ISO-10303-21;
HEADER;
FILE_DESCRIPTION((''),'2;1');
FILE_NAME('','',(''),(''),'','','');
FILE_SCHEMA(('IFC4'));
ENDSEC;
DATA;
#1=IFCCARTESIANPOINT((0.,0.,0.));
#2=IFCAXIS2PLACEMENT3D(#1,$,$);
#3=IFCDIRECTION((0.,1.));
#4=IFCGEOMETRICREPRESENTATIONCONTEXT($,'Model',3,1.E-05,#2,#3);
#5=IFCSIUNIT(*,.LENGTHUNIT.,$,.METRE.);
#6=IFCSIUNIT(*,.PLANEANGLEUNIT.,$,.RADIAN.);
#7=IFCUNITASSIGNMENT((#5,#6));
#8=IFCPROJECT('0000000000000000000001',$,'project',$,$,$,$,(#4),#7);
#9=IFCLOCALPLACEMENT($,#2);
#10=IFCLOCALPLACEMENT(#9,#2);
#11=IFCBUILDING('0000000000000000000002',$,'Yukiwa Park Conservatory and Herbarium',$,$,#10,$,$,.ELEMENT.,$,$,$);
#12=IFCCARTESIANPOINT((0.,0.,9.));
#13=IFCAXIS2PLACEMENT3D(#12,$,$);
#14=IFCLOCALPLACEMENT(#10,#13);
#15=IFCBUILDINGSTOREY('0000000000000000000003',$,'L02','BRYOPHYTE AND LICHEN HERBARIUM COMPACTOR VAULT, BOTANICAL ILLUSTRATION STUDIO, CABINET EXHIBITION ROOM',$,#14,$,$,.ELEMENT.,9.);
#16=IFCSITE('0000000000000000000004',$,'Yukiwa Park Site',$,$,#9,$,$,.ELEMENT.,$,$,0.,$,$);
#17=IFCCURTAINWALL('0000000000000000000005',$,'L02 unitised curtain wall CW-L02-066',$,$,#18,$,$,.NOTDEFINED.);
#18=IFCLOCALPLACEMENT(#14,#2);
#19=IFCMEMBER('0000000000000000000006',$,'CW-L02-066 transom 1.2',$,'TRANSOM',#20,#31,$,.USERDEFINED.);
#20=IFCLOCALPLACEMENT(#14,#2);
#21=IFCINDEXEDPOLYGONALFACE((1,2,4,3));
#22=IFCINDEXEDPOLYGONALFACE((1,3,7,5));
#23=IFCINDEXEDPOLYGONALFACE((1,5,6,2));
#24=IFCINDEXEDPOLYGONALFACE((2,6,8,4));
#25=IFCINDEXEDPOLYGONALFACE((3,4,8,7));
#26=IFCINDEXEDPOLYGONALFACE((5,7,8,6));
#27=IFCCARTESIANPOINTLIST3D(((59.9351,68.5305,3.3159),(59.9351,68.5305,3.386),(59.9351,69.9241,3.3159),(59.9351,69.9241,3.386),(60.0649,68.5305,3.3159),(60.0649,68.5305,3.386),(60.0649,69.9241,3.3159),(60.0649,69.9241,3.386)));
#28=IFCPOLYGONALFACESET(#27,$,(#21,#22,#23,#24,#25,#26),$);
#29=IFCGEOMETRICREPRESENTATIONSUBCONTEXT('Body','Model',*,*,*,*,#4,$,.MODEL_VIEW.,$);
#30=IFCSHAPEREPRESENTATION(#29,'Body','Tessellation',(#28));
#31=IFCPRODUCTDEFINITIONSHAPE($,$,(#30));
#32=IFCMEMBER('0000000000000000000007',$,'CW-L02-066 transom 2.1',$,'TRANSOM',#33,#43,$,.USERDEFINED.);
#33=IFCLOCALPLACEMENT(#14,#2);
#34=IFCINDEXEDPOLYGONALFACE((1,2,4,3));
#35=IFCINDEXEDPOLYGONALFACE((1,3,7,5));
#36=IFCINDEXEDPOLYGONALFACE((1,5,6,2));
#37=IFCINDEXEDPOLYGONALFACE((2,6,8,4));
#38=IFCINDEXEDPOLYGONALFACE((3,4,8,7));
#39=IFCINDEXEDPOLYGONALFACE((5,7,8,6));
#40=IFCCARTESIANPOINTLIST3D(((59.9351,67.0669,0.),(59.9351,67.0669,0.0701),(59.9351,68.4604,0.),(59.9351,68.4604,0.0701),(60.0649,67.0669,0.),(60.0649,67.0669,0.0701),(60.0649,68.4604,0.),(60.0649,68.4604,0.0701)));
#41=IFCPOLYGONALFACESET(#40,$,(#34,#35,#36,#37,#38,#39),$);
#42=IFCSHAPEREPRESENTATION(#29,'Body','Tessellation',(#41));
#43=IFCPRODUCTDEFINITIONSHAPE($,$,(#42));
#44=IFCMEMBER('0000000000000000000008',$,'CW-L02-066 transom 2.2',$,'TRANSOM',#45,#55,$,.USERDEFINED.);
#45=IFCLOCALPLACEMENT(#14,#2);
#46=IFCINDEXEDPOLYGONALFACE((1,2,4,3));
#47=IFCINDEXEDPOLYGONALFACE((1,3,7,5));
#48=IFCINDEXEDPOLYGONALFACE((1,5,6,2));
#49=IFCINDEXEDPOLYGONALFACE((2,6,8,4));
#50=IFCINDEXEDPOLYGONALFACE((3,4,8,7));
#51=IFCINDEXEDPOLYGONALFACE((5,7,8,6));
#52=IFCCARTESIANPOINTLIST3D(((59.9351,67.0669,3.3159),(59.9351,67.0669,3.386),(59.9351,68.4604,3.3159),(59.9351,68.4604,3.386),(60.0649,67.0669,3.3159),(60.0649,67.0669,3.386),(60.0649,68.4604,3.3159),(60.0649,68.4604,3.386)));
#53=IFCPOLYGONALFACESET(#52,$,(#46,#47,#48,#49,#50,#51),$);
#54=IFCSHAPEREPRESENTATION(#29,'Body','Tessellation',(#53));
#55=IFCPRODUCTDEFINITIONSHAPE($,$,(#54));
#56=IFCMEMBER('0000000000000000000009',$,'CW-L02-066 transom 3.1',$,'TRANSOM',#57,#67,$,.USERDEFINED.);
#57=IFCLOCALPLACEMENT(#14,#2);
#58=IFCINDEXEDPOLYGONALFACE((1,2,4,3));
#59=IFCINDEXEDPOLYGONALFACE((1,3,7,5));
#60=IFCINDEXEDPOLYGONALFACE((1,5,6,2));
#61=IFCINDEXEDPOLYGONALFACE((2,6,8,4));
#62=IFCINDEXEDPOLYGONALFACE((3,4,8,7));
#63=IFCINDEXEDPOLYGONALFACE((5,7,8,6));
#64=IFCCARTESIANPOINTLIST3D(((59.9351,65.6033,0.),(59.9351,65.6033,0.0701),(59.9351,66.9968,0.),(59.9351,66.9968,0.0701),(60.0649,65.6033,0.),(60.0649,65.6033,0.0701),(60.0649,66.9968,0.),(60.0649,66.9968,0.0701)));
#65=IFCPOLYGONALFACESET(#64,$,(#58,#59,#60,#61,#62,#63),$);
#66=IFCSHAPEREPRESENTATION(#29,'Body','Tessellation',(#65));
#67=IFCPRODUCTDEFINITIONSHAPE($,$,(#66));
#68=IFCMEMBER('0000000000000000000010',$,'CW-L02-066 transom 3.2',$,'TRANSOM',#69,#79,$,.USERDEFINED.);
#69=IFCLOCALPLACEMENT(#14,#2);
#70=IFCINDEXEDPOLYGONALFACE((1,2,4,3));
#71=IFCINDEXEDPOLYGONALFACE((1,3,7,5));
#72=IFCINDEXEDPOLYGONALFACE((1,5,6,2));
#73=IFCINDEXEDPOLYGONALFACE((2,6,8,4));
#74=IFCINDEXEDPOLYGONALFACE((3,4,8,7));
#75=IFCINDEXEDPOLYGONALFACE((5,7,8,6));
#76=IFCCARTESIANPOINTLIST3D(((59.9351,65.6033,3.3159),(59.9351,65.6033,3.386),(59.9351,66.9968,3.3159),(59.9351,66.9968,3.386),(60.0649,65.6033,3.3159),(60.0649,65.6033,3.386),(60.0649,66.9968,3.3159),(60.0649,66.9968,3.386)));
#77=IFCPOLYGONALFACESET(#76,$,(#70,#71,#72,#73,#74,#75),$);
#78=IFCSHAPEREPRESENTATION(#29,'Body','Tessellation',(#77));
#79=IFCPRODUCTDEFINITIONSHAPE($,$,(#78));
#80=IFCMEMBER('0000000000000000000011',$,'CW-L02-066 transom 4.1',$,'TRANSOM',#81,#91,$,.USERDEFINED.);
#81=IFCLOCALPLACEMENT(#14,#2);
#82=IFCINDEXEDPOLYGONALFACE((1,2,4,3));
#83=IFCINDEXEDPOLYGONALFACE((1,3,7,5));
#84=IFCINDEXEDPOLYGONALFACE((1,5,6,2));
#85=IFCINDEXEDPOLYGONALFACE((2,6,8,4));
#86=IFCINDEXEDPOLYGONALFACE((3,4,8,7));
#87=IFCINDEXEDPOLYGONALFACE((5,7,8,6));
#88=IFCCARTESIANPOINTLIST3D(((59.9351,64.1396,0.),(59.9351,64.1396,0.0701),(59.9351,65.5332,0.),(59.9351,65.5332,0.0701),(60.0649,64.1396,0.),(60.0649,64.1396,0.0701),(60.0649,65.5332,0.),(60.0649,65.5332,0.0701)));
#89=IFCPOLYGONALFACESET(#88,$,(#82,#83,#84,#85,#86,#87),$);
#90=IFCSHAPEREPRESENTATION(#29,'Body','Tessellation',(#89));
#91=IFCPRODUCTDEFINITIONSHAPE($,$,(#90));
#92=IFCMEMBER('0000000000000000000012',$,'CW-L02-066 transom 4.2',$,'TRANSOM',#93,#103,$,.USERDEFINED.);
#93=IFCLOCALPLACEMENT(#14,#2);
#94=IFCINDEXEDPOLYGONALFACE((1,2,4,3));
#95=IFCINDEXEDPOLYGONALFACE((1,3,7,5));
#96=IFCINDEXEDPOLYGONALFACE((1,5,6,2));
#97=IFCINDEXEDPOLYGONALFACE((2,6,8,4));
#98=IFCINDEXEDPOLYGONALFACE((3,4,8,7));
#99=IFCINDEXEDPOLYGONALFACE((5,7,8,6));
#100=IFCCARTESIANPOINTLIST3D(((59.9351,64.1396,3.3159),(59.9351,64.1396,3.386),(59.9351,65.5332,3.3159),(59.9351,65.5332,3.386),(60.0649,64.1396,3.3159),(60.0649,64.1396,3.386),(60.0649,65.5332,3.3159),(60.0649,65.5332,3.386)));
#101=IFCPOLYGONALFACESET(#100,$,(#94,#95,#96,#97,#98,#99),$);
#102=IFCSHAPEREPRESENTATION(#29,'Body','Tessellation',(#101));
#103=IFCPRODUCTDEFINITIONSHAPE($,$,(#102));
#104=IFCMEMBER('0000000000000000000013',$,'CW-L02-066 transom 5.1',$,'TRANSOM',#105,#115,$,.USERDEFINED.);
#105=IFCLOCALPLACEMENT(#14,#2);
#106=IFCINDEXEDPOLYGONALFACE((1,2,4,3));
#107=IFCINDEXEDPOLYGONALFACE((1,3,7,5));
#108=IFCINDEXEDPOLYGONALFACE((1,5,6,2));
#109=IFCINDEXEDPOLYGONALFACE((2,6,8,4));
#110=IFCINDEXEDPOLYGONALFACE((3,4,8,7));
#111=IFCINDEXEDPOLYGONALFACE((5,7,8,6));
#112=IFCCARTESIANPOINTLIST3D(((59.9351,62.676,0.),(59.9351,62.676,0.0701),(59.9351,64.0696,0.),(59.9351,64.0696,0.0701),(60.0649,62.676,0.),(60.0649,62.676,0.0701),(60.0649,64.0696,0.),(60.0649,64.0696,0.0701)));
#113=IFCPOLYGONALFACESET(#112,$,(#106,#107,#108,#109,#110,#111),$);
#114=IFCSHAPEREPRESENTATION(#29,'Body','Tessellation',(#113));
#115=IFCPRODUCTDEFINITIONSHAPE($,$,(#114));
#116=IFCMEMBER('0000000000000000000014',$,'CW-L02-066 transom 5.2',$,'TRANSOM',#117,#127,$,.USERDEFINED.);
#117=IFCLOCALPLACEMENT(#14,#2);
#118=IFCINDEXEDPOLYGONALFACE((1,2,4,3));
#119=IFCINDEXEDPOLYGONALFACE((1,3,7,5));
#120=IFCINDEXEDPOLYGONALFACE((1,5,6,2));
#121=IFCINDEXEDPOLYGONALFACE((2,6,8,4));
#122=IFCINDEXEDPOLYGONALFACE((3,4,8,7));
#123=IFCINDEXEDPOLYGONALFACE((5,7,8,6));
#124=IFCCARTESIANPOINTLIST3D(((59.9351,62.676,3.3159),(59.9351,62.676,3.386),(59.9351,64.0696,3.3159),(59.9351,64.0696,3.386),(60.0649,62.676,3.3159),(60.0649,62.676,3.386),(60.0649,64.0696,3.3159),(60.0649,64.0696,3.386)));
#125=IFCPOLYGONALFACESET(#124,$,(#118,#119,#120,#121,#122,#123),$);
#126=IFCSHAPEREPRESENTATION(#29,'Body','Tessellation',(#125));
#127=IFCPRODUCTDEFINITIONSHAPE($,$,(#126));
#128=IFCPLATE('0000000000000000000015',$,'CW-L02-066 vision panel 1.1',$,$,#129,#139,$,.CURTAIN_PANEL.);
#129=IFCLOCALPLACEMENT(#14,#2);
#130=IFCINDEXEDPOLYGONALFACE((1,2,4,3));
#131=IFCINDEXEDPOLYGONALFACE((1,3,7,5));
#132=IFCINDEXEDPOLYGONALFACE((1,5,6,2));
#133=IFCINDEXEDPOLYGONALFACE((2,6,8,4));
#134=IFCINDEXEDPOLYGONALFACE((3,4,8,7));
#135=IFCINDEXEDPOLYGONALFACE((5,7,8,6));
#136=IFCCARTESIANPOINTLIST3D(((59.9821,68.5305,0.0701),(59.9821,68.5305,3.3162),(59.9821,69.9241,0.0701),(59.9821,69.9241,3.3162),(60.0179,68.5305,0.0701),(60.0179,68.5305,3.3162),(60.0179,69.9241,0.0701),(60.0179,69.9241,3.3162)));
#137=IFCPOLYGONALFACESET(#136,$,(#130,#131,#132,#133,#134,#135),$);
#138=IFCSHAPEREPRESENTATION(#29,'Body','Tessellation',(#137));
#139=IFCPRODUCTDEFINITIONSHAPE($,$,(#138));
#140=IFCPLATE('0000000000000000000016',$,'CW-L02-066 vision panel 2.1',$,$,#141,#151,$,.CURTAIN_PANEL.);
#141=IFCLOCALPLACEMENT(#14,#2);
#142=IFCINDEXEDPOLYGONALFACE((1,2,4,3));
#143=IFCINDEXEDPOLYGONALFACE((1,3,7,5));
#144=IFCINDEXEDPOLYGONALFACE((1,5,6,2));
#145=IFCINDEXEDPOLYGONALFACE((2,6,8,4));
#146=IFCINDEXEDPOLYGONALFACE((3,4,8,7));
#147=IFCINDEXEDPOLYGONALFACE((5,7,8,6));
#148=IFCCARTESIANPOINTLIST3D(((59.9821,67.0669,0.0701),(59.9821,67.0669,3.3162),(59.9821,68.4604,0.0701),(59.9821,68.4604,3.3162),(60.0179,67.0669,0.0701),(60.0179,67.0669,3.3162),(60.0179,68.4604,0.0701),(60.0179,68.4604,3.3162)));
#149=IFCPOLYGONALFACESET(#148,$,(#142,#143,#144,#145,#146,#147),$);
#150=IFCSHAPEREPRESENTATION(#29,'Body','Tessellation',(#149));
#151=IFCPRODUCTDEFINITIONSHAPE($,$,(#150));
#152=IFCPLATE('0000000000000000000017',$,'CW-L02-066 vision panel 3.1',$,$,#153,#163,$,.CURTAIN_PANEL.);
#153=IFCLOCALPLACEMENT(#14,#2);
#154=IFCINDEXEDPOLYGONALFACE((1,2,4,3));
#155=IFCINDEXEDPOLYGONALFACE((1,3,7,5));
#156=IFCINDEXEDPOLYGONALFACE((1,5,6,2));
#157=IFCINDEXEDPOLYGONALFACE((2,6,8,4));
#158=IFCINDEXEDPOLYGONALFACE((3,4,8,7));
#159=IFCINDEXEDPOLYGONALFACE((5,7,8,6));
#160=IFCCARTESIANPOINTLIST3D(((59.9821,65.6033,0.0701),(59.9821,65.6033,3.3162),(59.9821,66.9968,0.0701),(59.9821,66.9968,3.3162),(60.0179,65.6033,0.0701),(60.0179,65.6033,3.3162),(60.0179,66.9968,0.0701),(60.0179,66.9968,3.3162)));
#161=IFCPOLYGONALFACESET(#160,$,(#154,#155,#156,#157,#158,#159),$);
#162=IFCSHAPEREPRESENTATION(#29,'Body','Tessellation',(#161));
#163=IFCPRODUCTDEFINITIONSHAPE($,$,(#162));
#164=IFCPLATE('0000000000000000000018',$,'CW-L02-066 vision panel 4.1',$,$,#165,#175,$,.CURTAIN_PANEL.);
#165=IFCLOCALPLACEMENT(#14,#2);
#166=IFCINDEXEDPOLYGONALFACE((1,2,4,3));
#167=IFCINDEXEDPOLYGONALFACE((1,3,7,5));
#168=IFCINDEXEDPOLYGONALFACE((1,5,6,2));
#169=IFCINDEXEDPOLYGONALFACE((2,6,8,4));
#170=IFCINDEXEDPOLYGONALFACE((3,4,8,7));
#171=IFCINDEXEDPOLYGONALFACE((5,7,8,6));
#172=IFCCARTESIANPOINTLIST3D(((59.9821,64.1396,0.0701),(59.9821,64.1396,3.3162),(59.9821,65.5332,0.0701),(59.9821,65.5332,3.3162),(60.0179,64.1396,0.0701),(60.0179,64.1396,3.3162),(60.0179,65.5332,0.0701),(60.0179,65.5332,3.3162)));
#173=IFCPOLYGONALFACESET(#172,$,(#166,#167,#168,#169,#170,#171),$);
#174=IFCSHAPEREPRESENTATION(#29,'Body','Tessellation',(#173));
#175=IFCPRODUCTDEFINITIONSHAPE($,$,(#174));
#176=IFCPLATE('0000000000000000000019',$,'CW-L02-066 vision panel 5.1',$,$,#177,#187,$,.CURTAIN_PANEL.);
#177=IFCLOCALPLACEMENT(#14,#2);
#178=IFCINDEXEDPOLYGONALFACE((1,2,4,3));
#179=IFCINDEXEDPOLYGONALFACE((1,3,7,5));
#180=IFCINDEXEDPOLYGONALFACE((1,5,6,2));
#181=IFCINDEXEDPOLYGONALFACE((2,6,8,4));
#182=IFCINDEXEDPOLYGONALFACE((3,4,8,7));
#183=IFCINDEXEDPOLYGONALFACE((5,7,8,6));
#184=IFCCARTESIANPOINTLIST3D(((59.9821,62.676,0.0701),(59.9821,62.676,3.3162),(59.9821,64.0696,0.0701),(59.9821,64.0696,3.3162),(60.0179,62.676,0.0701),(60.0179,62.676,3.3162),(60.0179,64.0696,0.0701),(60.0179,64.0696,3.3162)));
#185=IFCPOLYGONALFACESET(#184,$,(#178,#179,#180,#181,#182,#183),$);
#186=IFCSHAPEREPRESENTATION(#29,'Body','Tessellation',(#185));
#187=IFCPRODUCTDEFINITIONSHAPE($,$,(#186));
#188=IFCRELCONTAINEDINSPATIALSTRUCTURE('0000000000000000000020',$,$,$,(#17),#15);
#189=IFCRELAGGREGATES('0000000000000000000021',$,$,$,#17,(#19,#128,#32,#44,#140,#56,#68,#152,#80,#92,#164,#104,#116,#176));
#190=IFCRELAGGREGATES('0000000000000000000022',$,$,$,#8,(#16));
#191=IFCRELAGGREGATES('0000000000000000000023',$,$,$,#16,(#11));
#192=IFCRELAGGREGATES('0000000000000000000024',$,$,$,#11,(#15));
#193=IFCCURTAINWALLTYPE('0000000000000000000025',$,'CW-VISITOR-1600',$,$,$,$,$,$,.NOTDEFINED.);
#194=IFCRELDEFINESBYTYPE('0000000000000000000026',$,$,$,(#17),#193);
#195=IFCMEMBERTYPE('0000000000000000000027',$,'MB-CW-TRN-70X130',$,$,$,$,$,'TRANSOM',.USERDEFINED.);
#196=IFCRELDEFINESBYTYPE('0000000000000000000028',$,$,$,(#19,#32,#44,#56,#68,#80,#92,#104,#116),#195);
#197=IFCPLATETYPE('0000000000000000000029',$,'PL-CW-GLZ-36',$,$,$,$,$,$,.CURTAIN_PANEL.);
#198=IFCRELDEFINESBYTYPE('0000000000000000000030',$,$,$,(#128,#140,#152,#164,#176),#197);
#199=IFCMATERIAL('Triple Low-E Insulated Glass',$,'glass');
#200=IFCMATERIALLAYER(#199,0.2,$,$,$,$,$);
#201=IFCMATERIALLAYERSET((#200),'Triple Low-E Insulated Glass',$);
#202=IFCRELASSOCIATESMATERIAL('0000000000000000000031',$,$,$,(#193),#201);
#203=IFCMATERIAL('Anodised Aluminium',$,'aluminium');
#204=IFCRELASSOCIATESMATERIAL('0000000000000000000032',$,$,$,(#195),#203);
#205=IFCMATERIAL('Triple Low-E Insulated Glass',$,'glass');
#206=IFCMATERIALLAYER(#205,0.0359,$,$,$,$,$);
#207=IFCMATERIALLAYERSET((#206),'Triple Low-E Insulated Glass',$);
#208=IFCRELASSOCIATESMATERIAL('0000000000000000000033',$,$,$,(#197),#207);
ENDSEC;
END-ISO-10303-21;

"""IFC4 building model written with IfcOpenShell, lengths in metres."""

from ifc_helpers import new_model, si_unit, direction, frame, origin, origin_2d, place, context, subcontext, project, spatial, rectangle, extrude, material, layer, layer_set, type_object, element, aggregate, save


model = new_model("IFC4")

# Units and contexts
model_context = context("Model", 3, precision=1e-05, world=origin(), true_north=direction((0.0, 1.0)))
body_context = subcontext(model_context, "Body", "Model", "MODEL_VIEW")
ifc_project = project(units=[si_unit("LENGTHUNIT", "METRE"), si_unit("PLANEANGLEUNIT", "RADIAN")], contexts=[model_context])

# Site, building, storey
site_placement = place(None, origin())
site = spatial("IfcSite", under=ifc_project, at=site_placement, Name="Yukiwa Park Site", CompositionType="ELEMENT", RefElevation=0.0)
building_placement = place(site_placement, origin())
building = spatial("IfcBuilding", under=site, at=building_placement, Name="Yukiwa Park Conservatory and Herbarium", CompositionType="ELEMENT")
storey_placement = place(building_placement, frame((0.0, 0.0, 9.0)))
storey = spatial("IfcBuildingStorey", under=building, at=storey_placement, Name="L02", Description="BRYOPHYTE AND LICHEN HERBARIUM COMPACTOR VAULT, BOTANICAL ILLUSTRATION STUDIO, CABINET EXHIBITION ROOM", CompositionType="ELEMENT", Elevation=9.0)

# Curtain wall, members, plates
ifc_material_1 = material(Name="Triple Low-E Insulated Glass", Category="glass")
ifc_layer_1 = layer(ifc_material_1, 0.2)
ifc_layer_set_1 = layer_set([ifc_layer_1], Name="Triple Low-E Insulated Glass")
curtain_wall_type = type_object("IfcCurtainWallType", Name="CW-VISITOR-1600", PredefinedType="NOTDEFINED", material=ifc_layer_set_1)
curtain_wall_placement = place(storey_placement, origin())
curtain_wall = element("IfcCurtainWall", 1, at=curtain_wall_placement, inside=storey, type_object=curtain_wall_type, Name="L02 unitised curtain wall CW-L02-066", PredefinedType="NOTDEFINED")
ifc_material_2 = material(Name="Anodised Aluminium", Category="aluminium")
member_type_1 = type_object("IfcMemberType", Name="MB-CW-TRN-70X130", ElementType="TRANSOM", PredefinedType="USERDEFINED", material=ifc_material_2)
member_1_placement = place(storey_placement, frame((60.0, 69.2273, 3.3159), z_axis=(0.0, 0.0, 1.0), x_axis=(0.0, -1.0, 0.0)))
member_1 = element("IfcMember", 2, at=member_1_placement, type_object=member_type_1, Name="CW-L02-066 transom 1.2", ObjectType="TRANSOM", PredefinedType="USERDEFINED", context=body_context, shape_type="SweptSolid", body=[
    extrude(rectangle(XDim=1.3936, YDim=0.1299, at=origin_2d()), origin(), (0.0, 0.0, 1.0), 0.0701),
])
member_2_placement = place(storey_placement, frame((60.0, 67.7637, 0.0), z_axis=(0.0, 0.0, 1.0), x_axis=(0.0, -1.0, 0.0)))
member_2 = element("IfcMember", 3, at=member_2_placement, type_object=member_type_1, Name="CW-L02-066 transom 2.1", ObjectType="TRANSOM", PredefinedType="USERDEFINED", context=body_context, shape_type="SweptSolid", body=[
    extrude(rectangle(XDim=1.3936, YDim=0.1299, at=origin_2d()), origin(), (0.0, 0.0, 1.0), 0.0701),
])
member_3_placement = place(storey_placement, frame((60.0, 67.7637, 3.3159), z_axis=(0.0, 0.0, 1.0), x_axis=(0.0, -1.0, 0.0)))
member_3 = element("IfcMember", 4, at=member_3_placement, type_object=member_type_1, Name="CW-L02-066 transom 2.2", ObjectType="TRANSOM", PredefinedType="USERDEFINED", context=body_context, shape_type="SweptSolid", body=[
    extrude(rectangle(XDim=1.3936, YDim=0.1299, at=origin_2d()), origin(), (0.0, 0.0, 1.0), 0.0701),
])
member_4_placement = place(storey_placement, frame((60.0, 66.3, 0.0), z_axis=(0.0, 0.0, 1.0), x_axis=(0.0, -1.0, 0.0)))
member_4 = element("IfcMember", 5, at=member_4_placement, type_object=member_type_1, Name="CW-L02-066 transom 3.1", ObjectType="TRANSOM", PredefinedType="USERDEFINED", context=body_context, shape_type="SweptSolid", body=[
    extrude(rectangle(XDim=1.3936, YDim=0.1299, at=origin_2d()), origin(), (0.0, 0.0, 1.0), 0.0701),
])
member_5_placement = place(storey_placement, frame((60.0, 66.3, 3.3159), z_axis=(0.0, 0.0, 1.0), x_axis=(0.0, -1.0, 0.0)))
member_5 = element("IfcMember", 6, at=member_5_placement, type_object=member_type_1, Name="CW-L02-066 transom 3.2", ObjectType="TRANSOM", PredefinedType="USERDEFINED", context=body_context, shape_type="SweptSolid", body=[
    extrude(rectangle(XDim=1.3936, YDim=0.1299, at=origin_2d()), origin(), (0.0, 0.0, 1.0), 0.0701),
])
member_6_placement = place(storey_placement, frame((60.0, 64.8364, 0.0), z_axis=(0.0, 0.0, 1.0), x_axis=(0.0, -1.0, 0.0)))
member_6 = element("IfcMember", 7, at=member_6_placement, type_object=member_type_1, Name="CW-L02-066 transom 4.1", ObjectType="TRANSOM", PredefinedType="USERDEFINED", context=body_context, shape_type="SweptSolid", body=[
    extrude(rectangle(XDim=1.3936, YDim=0.1299, at=origin_2d()), origin(), (0.0, 0.0, 1.0), 0.0701),
])
member_7_placement = place(storey_placement, frame((60.0, 64.8364, 3.3159), z_axis=(0.0, 0.0, 1.0), x_axis=(0.0, -1.0, 0.0)))
member_7 = element("IfcMember", 8, at=member_7_placement, type_object=member_type_1, Name="CW-L02-066 transom 4.2", ObjectType="TRANSOM", PredefinedType="USERDEFINED", context=body_context, shape_type="SweptSolid", body=[
    extrude(rectangle(XDim=1.3936, YDim=0.1299, at=origin_2d()), origin(), (0.0, 0.0, 1.0), 0.0701),
])
member_8_placement = place(storey_placement, frame((60.0, 63.3728, 0.0), z_axis=(0.0, 0.0, 1.0), x_axis=(0.0, -1.0, 0.0)))
member_8 = element("IfcMember", 9, at=member_8_placement, type_object=member_type_1, Name="CW-L02-066 transom 5.1", ObjectType="TRANSOM", PredefinedType="USERDEFINED", context=body_context, shape_type="SweptSolid", body=[
    extrude(rectangle(XDim=1.3936, YDim=0.1299, at=origin_2d()), origin(), (0.0, 0.0, 1.0), 0.0701),
])
member_9_placement = place(storey_placement, frame((60.0, 63.3728, 3.3159), z_axis=(0.0, 0.0, 1.0), x_axis=(0.0, -1.0, 0.0)))
member_9 = element("IfcMember", 10, at=member_9_placement, type_object=member_type_1, Name="CW-L02-066 transom 5.2", ObjectType="TRANSOM", PredefinedType="USERDEFINED", context=body_context, shape_type="SweptSolid", body=[
    extrude(rectangle(XDim=1.3936, YDim=0.1299, at=origin_2d()), origin(), (0.0, 0.0, 1.0), 0.0701),
])
ifc_material_3 = material(Name="Triple Low-E Insulated Glass", Category="glass")
ifc_layer_2 = layer(ifc_material_3, 0.0359)
ifc_layer_set_2 = layer_set([ifc_layer_2], Name="Triple Low-E Insulated Glass")
plate_type = type_object("IfcPlateType", Name="PL-CW-GLZ-36", PredefinedType="CURTAIN_PANEL", material=ifc_layer_set_2)
plate_1_placement = place(storey_placement, frame((60.0, 69.2273, 0.0701), z_axis=(0.0, 0.0, 1.0), x_axis=(0.0, -1.0, 0.0)))
plate_1 = element("IfcPlate", 11, at=plate_1_placement, type_object=plate_type, Name="CW-L02-066 vision panel 1.1", PredefinedType="CURTAIN_PANEL", context=body_context, shape_type="SweptSolid", body=[
    extrude(rectangle(XDim=1.3936, YDim=0.0359, at=origin_2d()), origin(), (0.0, 0.0, 1.0), 3.2461),
])
plate_2_placement = place(storey_placement, frame((60.0, 67.7637, 0.0701), z_axis=(0.0, 0.0, 1.0), x_axis=(0.0, -1.0, 0.0)))
plate_2 = element("IfcPlate", 12, at=plate_2_placement, type_object=plate_type, Name="CW-L02-066 vision panel 2.1", PredefinedType="CURTAIN_PANEL", context=body_context, shape_type="SweptSolid", body=[
    extrude(rectangle(XDim=1.3936, YDim=0.0359, at=origin_2d()), origin(), (0.0, 0.0, 1.0), 3.2461),
])
plate_3_placement = place(storey_placement, frame((60.0, 66.3, 0.0701), z_axis=(0.0, 0.0, 1.0), x_axis=(0.0, -1.0, 0.0)))
plate_3 = element("IfcPlate", 13, at=plate_3_placement, type_object=plate_type, Name="CW-L02-066 vision panel 3.1", PredefinedType="CURTAIN_PANEL", context=body_context, shape_type="SweptSolid", body=[
    extrude(rectangle(XDim=1.3936, YDim=0.0359, at=origin_2d()), origin(), (0.0, 0.0, 1.0), 3.2461),
])
plate_4_placement = place(storey_placement, frame((60.0, 64.8364, 0.0701), z_axis=(0.0, 0.0, 1.0), x_axis=(0.0, -1.0, 0.0)))
plate_4 = element("IfcPlate", 14, at=plate_4_placement, type_object=plate_type, Name="CW-L02-066 vision panel 4.1", PredefinedType="CURTAIN_PANEL", context=body_context, shape_type="SweptSolid", body=[
    extrude(rectangle(XDim=1.3936, YDim=0.0359, at=origin_2d()), origin(), (0.0, 0.0, 1.0), 3.2461),
])
plate_5_placement = place(storey_placement, frame((60.0, 63.3728, 0.0701), z_axis=(0.0, 0.0, 1.0), x_axis=(0.0, -1.0, 0.0)))
plate_5 = element("IfcPlate", 15, at=plate_5_placement, type_object=plate_type, Name="CW-L02-066 vision panel 5.1", PredefinedType="CURTAIN_PANEL", context=body_context, shape_type="SweptSolid", body=[
    extrude(rectangle(XDim=1.3936, YDim=0.0359, at=origin_2d()), origin(), (0.0, 0.0, 1.0), 3.2461),
])
aggregate(curtain_wall, [member_1, plate_1, member_2, member_3, plate_2, member_4, member_5, plate_3, member_6, member_7, plate_4, member_8, member_9, plate_5])

save(model, "model.ifc")
